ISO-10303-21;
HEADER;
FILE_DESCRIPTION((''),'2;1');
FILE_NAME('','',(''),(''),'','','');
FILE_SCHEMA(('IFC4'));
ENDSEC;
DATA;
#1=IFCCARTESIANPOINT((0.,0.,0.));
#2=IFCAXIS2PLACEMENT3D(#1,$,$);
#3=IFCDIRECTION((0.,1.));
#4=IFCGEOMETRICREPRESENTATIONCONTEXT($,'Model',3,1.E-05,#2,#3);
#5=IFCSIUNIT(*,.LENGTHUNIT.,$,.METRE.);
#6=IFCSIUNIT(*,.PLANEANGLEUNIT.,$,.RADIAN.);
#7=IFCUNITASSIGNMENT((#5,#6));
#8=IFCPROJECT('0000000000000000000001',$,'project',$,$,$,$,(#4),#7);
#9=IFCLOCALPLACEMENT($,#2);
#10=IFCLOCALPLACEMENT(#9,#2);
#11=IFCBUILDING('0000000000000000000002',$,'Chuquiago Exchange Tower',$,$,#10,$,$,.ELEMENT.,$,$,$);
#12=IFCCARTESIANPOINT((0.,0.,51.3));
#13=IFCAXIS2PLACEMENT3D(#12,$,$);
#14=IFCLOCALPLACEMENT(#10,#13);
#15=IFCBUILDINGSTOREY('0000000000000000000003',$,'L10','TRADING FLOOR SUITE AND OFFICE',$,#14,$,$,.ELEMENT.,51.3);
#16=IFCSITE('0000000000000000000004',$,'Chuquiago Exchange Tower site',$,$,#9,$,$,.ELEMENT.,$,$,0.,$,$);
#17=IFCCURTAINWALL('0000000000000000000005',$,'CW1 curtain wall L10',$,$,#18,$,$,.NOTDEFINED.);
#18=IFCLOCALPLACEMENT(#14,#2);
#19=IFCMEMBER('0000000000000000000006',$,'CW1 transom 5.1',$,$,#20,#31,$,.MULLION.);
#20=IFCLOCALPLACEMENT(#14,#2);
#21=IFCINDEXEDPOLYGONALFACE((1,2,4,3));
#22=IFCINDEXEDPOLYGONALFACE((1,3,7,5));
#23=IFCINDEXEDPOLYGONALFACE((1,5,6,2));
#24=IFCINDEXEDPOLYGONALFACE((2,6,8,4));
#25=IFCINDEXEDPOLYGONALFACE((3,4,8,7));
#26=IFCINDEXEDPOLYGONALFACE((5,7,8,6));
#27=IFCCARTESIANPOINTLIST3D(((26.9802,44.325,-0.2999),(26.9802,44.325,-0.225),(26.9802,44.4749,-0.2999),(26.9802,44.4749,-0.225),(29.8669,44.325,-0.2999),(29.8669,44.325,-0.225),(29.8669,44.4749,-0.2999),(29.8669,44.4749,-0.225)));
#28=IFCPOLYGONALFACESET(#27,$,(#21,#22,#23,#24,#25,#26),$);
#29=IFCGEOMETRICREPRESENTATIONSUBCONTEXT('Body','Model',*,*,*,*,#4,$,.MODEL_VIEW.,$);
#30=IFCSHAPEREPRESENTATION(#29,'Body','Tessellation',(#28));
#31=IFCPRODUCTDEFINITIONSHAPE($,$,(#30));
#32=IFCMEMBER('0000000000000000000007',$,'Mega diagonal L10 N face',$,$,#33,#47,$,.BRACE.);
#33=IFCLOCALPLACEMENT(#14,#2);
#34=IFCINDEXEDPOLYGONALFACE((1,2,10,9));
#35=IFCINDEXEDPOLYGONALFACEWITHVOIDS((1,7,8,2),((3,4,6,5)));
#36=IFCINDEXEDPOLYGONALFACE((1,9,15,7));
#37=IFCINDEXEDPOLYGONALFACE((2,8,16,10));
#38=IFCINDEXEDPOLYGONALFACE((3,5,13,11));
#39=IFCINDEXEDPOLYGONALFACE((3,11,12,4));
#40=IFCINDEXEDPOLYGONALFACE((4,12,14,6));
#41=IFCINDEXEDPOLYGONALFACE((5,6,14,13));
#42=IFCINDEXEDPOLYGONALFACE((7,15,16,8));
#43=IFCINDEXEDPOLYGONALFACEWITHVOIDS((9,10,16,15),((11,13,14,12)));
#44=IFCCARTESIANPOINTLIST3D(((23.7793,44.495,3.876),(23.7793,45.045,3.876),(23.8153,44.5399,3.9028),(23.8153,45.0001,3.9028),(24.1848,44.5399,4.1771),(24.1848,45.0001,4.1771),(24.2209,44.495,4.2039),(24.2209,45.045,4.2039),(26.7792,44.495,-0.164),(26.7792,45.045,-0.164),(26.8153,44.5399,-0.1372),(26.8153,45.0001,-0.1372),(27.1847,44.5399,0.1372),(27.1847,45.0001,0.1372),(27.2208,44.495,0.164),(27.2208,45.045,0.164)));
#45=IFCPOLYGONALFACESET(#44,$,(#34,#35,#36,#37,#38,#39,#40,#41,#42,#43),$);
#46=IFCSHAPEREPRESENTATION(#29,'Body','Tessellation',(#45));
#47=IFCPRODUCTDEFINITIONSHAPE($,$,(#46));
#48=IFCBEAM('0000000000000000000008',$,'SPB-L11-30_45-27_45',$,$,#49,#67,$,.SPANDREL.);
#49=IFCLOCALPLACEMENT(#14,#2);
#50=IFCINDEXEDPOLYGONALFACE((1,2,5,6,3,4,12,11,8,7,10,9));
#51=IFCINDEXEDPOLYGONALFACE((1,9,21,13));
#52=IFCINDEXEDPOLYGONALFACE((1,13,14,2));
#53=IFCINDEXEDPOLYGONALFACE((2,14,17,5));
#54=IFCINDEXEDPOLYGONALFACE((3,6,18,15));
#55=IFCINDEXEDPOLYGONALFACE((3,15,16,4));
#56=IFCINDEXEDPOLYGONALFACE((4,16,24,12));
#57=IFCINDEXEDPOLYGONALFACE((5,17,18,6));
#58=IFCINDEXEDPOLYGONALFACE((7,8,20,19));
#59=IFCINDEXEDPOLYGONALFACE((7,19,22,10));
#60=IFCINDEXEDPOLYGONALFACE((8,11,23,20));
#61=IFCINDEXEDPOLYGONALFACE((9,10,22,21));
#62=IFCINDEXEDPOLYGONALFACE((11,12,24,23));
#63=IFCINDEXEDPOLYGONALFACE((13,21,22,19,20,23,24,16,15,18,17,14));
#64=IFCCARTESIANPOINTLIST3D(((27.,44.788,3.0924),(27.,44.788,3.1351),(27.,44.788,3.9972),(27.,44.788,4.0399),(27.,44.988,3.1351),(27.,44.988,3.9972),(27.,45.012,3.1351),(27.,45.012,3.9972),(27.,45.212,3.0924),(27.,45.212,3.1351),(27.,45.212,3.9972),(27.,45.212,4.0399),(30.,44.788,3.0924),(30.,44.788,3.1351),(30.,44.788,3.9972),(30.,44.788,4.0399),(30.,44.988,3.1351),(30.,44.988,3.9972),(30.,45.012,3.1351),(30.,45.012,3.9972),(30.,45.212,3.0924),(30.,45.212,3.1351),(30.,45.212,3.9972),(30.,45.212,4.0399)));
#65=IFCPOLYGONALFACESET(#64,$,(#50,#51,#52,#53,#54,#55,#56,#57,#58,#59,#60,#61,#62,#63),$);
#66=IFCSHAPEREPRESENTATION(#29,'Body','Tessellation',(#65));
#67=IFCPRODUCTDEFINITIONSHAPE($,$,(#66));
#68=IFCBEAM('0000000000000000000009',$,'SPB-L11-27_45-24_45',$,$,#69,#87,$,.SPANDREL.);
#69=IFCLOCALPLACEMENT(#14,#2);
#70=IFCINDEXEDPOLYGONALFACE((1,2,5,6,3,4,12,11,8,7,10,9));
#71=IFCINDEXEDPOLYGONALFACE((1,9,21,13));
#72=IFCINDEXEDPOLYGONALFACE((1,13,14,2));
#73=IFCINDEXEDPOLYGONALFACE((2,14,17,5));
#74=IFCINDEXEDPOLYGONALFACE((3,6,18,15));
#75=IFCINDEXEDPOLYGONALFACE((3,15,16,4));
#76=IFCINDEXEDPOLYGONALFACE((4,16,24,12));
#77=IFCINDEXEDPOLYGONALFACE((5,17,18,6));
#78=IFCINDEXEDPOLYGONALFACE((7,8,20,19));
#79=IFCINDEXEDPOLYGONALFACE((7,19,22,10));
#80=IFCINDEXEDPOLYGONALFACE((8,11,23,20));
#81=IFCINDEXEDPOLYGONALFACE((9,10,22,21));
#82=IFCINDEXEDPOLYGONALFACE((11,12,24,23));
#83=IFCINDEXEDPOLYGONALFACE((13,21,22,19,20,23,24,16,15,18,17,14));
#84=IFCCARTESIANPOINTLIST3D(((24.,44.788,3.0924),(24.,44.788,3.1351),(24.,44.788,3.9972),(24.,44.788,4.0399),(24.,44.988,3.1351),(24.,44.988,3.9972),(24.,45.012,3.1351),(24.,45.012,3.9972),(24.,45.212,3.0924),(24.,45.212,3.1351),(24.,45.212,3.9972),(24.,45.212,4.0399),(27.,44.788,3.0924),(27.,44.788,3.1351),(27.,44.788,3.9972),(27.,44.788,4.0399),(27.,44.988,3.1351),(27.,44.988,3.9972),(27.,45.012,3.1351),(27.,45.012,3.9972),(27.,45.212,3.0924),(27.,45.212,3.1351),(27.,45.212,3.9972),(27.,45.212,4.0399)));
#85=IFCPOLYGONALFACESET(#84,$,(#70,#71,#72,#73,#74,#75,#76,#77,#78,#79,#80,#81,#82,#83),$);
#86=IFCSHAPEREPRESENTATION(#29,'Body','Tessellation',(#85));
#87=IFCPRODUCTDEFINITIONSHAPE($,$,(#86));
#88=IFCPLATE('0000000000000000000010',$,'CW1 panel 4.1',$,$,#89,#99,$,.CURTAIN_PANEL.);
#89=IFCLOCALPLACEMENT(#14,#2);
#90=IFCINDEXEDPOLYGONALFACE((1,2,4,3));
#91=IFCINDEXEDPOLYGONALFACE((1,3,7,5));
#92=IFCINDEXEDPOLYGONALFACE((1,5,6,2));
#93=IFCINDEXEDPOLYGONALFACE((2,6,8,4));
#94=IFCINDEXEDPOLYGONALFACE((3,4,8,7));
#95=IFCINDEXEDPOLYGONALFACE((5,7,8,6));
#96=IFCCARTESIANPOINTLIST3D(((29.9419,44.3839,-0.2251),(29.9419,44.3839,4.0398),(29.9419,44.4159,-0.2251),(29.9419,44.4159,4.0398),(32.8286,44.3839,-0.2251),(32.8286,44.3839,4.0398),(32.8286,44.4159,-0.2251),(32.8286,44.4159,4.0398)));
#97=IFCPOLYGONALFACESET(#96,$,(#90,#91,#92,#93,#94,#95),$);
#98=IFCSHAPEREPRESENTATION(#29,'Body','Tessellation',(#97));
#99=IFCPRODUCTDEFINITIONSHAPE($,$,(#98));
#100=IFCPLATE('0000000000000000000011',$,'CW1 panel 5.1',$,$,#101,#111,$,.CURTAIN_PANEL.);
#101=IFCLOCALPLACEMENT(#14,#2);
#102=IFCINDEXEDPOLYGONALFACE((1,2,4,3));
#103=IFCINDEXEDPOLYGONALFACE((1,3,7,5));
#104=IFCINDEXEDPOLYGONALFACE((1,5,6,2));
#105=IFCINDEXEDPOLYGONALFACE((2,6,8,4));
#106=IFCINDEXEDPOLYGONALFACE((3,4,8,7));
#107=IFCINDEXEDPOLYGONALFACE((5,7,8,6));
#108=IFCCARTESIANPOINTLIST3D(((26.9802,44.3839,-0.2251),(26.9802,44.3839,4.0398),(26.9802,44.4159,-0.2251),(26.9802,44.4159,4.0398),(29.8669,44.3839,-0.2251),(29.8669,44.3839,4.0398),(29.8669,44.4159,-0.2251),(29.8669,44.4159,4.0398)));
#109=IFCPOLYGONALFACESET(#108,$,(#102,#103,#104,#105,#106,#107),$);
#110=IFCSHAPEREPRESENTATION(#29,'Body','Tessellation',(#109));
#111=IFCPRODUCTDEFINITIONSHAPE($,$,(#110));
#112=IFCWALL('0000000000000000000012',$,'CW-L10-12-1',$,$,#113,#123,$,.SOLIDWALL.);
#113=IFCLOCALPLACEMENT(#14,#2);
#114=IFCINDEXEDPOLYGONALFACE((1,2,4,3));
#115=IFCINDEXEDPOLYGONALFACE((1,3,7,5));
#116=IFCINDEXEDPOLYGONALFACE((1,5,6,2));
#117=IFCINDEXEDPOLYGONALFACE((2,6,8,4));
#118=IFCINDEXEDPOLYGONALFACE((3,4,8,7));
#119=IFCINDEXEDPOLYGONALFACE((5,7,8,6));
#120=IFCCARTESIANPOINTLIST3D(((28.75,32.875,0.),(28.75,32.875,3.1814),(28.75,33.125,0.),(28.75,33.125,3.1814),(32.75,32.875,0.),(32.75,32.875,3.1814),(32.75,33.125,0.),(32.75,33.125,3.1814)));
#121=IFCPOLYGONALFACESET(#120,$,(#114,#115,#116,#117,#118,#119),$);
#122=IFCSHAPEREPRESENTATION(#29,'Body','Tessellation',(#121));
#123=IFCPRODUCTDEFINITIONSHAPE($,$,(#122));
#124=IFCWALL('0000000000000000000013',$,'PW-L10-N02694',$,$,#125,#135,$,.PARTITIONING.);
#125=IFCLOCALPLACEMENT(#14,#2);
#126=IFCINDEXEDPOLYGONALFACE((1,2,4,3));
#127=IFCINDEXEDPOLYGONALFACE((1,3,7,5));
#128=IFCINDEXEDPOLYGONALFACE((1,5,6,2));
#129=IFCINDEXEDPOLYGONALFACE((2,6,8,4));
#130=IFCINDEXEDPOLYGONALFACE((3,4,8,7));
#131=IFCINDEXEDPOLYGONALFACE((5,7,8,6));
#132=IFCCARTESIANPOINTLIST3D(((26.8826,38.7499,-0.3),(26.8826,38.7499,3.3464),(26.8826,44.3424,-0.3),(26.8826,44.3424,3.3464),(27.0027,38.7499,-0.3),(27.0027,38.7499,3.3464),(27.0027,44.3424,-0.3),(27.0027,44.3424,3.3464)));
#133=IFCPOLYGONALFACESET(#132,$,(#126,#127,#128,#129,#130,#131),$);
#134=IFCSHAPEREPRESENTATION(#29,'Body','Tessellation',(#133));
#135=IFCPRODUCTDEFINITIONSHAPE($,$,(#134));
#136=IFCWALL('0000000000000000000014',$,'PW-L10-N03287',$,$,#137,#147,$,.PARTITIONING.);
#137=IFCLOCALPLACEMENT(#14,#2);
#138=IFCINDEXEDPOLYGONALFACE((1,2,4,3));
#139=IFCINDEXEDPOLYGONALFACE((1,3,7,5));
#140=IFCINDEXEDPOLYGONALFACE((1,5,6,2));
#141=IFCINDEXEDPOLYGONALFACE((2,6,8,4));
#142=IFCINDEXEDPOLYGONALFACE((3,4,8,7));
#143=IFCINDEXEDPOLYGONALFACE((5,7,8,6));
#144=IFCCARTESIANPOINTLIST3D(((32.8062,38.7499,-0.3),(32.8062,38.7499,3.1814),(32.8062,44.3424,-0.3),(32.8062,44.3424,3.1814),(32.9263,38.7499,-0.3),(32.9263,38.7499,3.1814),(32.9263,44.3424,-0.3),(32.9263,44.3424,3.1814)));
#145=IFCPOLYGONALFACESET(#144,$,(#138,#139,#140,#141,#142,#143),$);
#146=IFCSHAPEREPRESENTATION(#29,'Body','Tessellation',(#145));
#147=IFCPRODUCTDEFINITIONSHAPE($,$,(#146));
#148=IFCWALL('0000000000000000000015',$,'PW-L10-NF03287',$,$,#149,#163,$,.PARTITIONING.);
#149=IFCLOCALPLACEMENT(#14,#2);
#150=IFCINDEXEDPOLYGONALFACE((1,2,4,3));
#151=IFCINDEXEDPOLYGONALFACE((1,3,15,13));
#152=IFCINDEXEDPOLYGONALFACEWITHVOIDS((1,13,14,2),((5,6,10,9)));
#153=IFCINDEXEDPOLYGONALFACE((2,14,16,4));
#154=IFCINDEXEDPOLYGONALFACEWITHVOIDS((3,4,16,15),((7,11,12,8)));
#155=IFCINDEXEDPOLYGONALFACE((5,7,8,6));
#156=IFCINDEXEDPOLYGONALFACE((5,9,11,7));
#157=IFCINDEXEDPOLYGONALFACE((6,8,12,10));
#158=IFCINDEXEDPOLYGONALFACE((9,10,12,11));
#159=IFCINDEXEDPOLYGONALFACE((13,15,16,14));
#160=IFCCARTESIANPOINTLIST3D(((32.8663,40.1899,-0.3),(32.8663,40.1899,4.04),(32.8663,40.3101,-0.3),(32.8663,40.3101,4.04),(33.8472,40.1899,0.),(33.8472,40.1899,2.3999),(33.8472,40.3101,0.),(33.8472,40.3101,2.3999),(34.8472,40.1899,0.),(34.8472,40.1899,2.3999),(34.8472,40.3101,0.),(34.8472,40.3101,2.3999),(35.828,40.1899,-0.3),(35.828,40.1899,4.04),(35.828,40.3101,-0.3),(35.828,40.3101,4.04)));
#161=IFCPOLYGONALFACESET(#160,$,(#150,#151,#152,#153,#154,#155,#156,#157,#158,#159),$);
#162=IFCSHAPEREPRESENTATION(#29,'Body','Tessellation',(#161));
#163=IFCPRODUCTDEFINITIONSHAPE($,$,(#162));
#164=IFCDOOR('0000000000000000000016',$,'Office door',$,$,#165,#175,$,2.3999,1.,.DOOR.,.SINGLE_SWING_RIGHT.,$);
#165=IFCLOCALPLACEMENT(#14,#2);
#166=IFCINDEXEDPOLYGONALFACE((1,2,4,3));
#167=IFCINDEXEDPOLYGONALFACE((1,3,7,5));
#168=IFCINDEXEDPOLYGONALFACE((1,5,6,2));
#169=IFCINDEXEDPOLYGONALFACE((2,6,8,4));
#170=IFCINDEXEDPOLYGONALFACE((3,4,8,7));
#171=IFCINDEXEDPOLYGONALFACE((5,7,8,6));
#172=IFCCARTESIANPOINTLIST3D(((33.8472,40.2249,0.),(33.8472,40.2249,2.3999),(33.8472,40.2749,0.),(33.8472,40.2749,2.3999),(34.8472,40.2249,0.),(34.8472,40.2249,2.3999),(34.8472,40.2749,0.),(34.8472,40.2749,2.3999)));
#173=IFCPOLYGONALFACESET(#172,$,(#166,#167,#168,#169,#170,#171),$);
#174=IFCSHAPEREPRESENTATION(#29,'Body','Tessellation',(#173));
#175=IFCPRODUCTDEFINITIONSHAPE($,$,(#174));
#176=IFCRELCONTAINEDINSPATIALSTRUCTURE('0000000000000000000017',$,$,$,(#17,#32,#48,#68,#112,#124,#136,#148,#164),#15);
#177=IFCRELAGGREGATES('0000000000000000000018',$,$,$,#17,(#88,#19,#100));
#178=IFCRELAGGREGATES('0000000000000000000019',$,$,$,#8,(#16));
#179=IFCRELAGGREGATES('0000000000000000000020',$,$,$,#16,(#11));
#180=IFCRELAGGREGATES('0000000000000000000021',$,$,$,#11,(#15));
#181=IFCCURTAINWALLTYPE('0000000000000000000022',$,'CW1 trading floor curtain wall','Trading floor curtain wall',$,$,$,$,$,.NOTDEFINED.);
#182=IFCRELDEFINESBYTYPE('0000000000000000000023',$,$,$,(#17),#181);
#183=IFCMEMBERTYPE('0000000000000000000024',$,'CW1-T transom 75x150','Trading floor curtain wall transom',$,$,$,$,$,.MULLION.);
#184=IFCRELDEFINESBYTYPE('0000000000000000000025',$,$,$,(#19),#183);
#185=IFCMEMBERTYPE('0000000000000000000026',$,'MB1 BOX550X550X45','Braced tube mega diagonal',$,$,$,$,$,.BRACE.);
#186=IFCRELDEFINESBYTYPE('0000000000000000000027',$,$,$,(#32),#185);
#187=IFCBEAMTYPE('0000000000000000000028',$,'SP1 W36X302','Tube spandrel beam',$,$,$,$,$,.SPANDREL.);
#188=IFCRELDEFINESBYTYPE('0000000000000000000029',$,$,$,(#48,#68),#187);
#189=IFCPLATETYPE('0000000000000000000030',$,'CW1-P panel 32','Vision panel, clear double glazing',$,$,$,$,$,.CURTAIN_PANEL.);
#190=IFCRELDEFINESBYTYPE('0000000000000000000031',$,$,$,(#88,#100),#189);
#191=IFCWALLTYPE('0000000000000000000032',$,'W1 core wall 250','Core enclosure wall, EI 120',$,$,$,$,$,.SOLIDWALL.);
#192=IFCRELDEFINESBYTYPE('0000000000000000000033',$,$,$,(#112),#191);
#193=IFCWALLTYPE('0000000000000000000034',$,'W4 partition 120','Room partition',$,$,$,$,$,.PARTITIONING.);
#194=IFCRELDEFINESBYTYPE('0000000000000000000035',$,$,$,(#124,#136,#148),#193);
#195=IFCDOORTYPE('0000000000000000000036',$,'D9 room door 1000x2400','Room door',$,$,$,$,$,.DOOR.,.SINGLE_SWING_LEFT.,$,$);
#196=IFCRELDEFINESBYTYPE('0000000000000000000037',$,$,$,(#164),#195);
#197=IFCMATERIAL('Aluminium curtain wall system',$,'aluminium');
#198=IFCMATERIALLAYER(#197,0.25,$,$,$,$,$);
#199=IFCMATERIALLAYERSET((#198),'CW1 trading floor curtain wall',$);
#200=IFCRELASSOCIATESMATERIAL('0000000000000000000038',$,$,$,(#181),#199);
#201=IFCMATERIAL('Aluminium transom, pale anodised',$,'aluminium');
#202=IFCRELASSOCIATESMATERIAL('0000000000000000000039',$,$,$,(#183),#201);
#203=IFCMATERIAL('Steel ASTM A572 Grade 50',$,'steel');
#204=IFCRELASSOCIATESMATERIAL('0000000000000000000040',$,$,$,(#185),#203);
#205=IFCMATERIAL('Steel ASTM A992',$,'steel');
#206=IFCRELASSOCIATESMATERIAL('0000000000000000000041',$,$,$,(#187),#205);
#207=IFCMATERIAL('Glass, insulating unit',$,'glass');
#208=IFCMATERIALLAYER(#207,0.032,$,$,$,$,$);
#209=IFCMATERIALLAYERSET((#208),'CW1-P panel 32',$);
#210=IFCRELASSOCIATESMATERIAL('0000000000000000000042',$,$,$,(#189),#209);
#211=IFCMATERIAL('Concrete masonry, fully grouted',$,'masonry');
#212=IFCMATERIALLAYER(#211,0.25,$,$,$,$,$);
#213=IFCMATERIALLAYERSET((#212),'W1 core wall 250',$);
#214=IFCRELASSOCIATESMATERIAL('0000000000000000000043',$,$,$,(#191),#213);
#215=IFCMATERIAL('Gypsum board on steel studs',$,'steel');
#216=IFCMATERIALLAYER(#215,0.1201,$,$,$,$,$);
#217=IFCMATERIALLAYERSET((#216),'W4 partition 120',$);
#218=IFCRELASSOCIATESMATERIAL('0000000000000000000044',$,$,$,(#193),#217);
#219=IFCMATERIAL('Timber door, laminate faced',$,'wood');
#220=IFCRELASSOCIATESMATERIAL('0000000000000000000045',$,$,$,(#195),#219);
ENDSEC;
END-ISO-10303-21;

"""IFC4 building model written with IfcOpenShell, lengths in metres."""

from ifc_helpers import new_model, si_unit, direction, frame, frame_2d, origin, origin_2d, place, context, subcontext, project, spatial, rectangle, hollow_rectangle, i_section, extrude, material, layer, layer_set, material_profile, profile_set, type_object, element, fill, aggregate, save


model = new_model("IFC4")

# Units and contexts
model_context = context("Model", 3, precision=1e-05, world=origin(), true_north=direction((0.0, 1.0)))
body_context = subcontext(model_context, "Body", "Model", "MODEL_VIEW")
ifc_project = project(units=[si_unit("LENGTHUNIT", "METRE"), si_unit("PLANEANGLEUNIT", "RADIAN")], contexts=[model_context])

# Site, building, storey
site_placement = place(None, origin())
site = spatial("IfcSite", under=ifc_project, at=site_placement, Name="Chuquiago Exchange Tower site", CompositionType="ELEMENT", RefElevation=0.0)
building_placement = place(site_placement, origin())
building = spatial("IfcBuilding", under=site, at=building_placement, Name="Chuquiago Exchange Tower", CompositionType="ELEMENT")
storey_placement = place(building_placement, frame((0.0, 0.0, 51.3)))
storey = spatial("IfcBuildingStorey", under=building, at=storey_placement, Name="L10", Description="TRADING FLOOR SUITE AND OFFICE", CompositionType="ELEMENT", Elevation=51.3)

# Curtain wall, member
ifc_material_1 = material(Name="Aluminium curtain wall system", Category="aluminium")
ifc_layer_1 = layer(ifc_material_1, 0.25)
ifc_layer_set_1 = layer_set([ifc_layer_1], Name="CW1 trading floor curtain wall")
curtain_wall_type = type_object("IfcCurtainWallType", Name="CW1 trading floor curtain wall", Description="Trading floor curtain wall", PredefinedType="NOTDEFINED", material=ifc_layer_set_1)
curtain_wall_placement = place(storey_placement, origin())
curtain_wall = element("IfcCurtainWall", 1, at=curtain_wall_placement, inside=storey, type_object=curtain_wall_type, Name="CW1 curtain wall L10", PredefinedType="NOTDEFINED")
ifc_material_2 = material(Name="Aluminium transom, pale anodised", Category="aluminium")
ifc_material_profile_1 = material_profile(ifc_material_2, rectangle(XDim=0.1499, YDim=0.075, at=origin_2d()), Name="AL 150x75")
ifc_profile_set_1 = profile_set([ifc_material_profile_1], Name="Aluminium transom, pale anodised")
member_type_1 = type_object("IfcMemberType", Name="CW1-T transom 75x150", Description="Trading floor curtain wall transom", PredefinedType="MULLION", material=ifc_profile_set_1)
member_1_placement = place(storey_placement, frame((29.8669, 44.3999, -0.2625), z_axis=(-1.0, 0.0, 0.0), x_axis=(0.0, -1.0, 0.0)))
member_1 = element("IfcMember", 2, at=member_1_placement, type_object=member_type_1, Name="CW1 transom 5.1", PredefinedType="MULLION", context=body_context, shape_type="SweptSolid", body=[
    extrude(rectangle(XDim=0.1499, YDim=0.075, at=origin_2d()), origin(), (0.0, 0.0, 1.0), 2.8867),
])

# Member
ifc_material_3 = material(Name="Steel ASTM A572 Grade 50", Category="steel")
ifc_material_profile_2 = material_profile(ifc_material_3, hollow_rectangle(XDim=0.55, YDim=0.55, WallThickness=0.0449, at=origin_2d()), Name="BOX550X550X45")
ifc_profile_set_2 = profile_set([ifc_material_profile_2], Name="Steel ASTM A572 Grade 50")
member_type_2 = type_object("IfcMemberType", Name="MB1 BOX550X550X45", Description="Braced tube mega diagonal", PredefinedType="BRACE", material=ifc_profile_set_2)
member_2_placement = place(storey_placement, frame((27.0, 44.77, 0.0), z_axis=(-0.596174, 0.0, 0.802855), x_axis=(0.0, -1.0, 0.0)))
element("IfcMember", 3, at=member_2_placement, inside=storey, type_object=member_type_2, Name="Mega diagonal L10 N face", PredefinedType="BRACE", context=body_context, shape_type="SweptSolid", body=[
    extrude(hollow_rectangle(XDim=0.55, YDim=0.55, WallThickness=0.0449, at=origin_2d()), origin(), (0.0, 0.0, 1.0), 5.032),
])

# Beams
ifc_material_4 = material(Name="Steel ASTM A992", Category="steel")
ifc_material_profile_3 = material_profile(ifc_material_4, i_section(OverallWidth=0.4241, OverallDepth=0.9475, WebThickness=0.0239, FlangeThickness=0.0427, at=origin_2d()), Name="W36X302")
ifc_profile_set_3 = profile_set([ifc_material_profile_3], Name="Steel ASTM A992")
beam_type_1 = type_object("IfcBeamType", Name="SP1 W36X302", Description="Tube spandrel beam", PredefinedType="SPANDREL", material=ifc_profile_set_3)
for number, where, z_axis, x_axis, name in (
    (4, (30.0, 45.0, 3.5662), (-1.0, 0.0, 0.0), (0.0, -1.0, 0.0), "SPB-L11-30_45-27_45"),
    (5, (27.0, 45.0, 3.5662), (-1.0, 0.0, 0.0), (0.0, -1.0, 0.0), "SPB-L11-27_45-24_45"),
):
    element("IfcBeam", number, at=place(storey_placement, frame(where, z_axis=z_axis, x_axis=x_axis)), inside=storey, type_object=beam_type_1, Name=name, PredefinedType="SPANDREL", context=body_context, shape_type="SweptSolid", body=[
        extrude(i_section(OverallWidth=0.4241, OverallDepth=0.9475, WebThickness=0.0239, FlangeThickness=0.0427, at=origin_2d()), origin(), (0.0, 0.0, 1.0), 3.0),
    ])

# Plates
ifc_material_5 = material(Name="Glass, insulating unit", Category="glass")
ifc_layer_2 = layer(ifc_material_5, 0.032)
ifc_layer_set_2 = layer_set([ifc_layer_2], Name="CW1-P panel 32")
plate_type = type_object("IfcPlateType", Name="CW1-P panel 32", Description="Vision panel, clear double glazing", PredefinedType="CURTAIN_PANEL", material=ifc_layer_set_2)
plate_1_placement = place(storey_placement, frame((31.3853, 44.3999, -0.2251), z_axis=(0.0, 0.0, 1.0), x_axis=(-1.0, 0.0, 0.0)))
plate_1 = element("IfcPlate", 6, at=plate_1_placement, type_object=plate_type, Name="CW1 panel 4.1", PredefinedType="CURTAIN_PANEL", context=body_context, shape_type="SweptSolid", body=[
    extrude(rectangle(XDim=2.8867, YDim=0.032, at=origin_2d()), origin(), (0.0, 0.0, 1.0), 4.2649),
])
plate_2_placement = place(storey_placement, frame((28.4236, 44.3999, -0.2251), z_axis=(0.0, 0.0, 1.0), x_axis=(-1.0, 0.0, 0.0)))
plate_2 = element("IfcPlate", 7, at=plate_2_placement, type_object=plate_type, Name="CW1 panel 5.1", PredefinedType="CURTAIN_PANEL", context=body_context, shape_type="SweptSolid", body=[
    extrude(rectangle(XDim=2.8867, YDim=0.032, at=origin_2d()), origin(), (0.0, 0.0, 1.0), 4.2649),
])
aggregate(curtain_wall, [plate_1, member_1, plate_2])

# Walls
ifc_material_6 = material(Name="Concrete masonry, fully grouted", Category="masonry")
ifc_layer_3 = layer(ifc_material_6, 0.25)
ifc_layer_set_3 = layer_set([ifc_layer_3], Name="W1 core wall 250")
wall_type_1 = type_object("IfcWallType", Name="W1 core wall 250", Description="Core enclosure wall, EI 120", PredefinedType="SOLIDWALL", material=ifc_layer_set_3)
wall_1_placement = place(storey_placement, frame((28.75, 33.0, 0.0), z_axis=(0.0, 0.0, 1.0), x_axis=(1.0, 0.0, 0.0)))
element("IfcWall", 8, at=wall_1_placement, inside=storey, type_object=wall_type_1, Name="CW-L10-12-1", PredefinedType="SOLIDWALL", context=body_context, shape_type="SweptSolid", body=[
    extrude(rectangle(XDim=4.0, YDim=0.25, at=frame_2d((2.0, 0.0))), origin(), (0.0, 0.0, 1.0), 3.1814),
])
ifc_material_7 = material(Name="Gypsum board on steel studs", Category="steel")
ifc_layer_4 = layer(ifc_material_7, 0.1201)
ifc_layer_set_4 = layer_set([ifc_layer_4], Name="W4 partition 120")
wall_type_2 = type_object("IfcWallType", Name="W4 partition 120", Description="Room partition", PredefinedType="PARTITIONING", material=ifc_layer_set_4)
wall_2_placement = place(storey_placement, frame((26.9426, 44.3425, -0.3), z_axis=(0.0, 0.0, 1.0), x_axis=(0.0, -1.0, 0.0)))
element("IfcWall", 9, at=wall_2_placement, inside=storey, type_object=wall_type_2, Name="PW-L10-N02694", PredefinedType="PARTITIONING", context=body_context, shape_type="SweptSolid", body=[
    extrude(rectangle(XDim=5.5925, YDim=0.1201, at=frame_2d((2.7964, 0.0))), origin(), (0.0, 0.0, 1.0), 3.6465),
])
wall_3_placement = place(storey_placement, frame((32.8662, 44.3425, -0.3), z_axis=(0.0, 0.0, 1.0), x_axis=(0.0, -1.0, 0.0)))
element("IfcWall", 10, at=wall_3_placement, inside=storey, type_object=wall_type_2, Name="PW-L10-N03287", PredefinedType="PARTITIONING", context=body_context, shape_type="SweptSolid", body=[
    extrude(rectangle(XDim=5.5925, YDim=0.1201, at=frame_2d((2.7964, 0.0))), origin(), (0.0, 0.0, 1.0), 3.4814),
])

# Wall, opening, door
wall_4_placement = place(storey_placement, frame((32.8662, 40.25, -0.3), z_axis=(0.0, 0.0, 1.0), x_axis=(1.0, 0.0, 0.0)))
wall_4 = element("IfcWall", 11, at=wall_4_placement, inside=storey, type_object=wall_type_2, Name="PW-L10-NF03287", PredefinedType="PARTITIONING", context=body_context, shape_type="SweptSolid", body=[
    extrude(rectangle(XDim=2.9617, YDim=0.1201, at=frame_2d((1.481, 0.0))), origin(), (0.0, 0.0, 1.0), 4.3401),
])
opening_placement = place(wall_4_placement, frame((0.981, 0.0, 0.3)))
opening = element("IfcOpeningElement", 12, at=opening_placement, cuts=wall_4, PredefinedType="OPENING", context=body_context, shape_type="SweptSolid", body=[
    extrude(rectangle(XDim=1.0, YDim=2.3999, at=frame_2d((0.5, 1.2))), frame((0.0, 0.0701, 0.0), z_axis=(0.0, -1.0, 0.0), x_axis=(1.0, 0.0, 0.0)), (0.0, 0.0, 1.0), 0.1401),
])
ifc_material_8 = material(Name="Timber door, laminate faced", Category="wood")
door_type = type_object("IfcDoorType", Name="D9 room door 1000x2400", Description="Room door", OperationType="SINGLE_SWING_LEFT", PredefinedType="DOOR", material=ifc_material_8)
door_placement = place(opening_placement, origin())
door = element("IfcDoor", 13, at=door_placement, inside=storey, type_object=door_type, Name="Office door", OperationType="SINGLE_SWING_RIGHT", OverallHeight=2.3999, OverallWidth=1.0, PredefinedType="DOOR", context=body_context, shape_type="SweptSolid", body=[
    extrude(rectangle(XDim=1.0, YDim=2.3999, at=frame_2d((0.5, 1.2))), frame((0.0, 0.0249, 0.0), z_axis=(0.0, -1.0, 0.0), x_axis=(1.0, 0.0, 0.0)), (0.0, 0.0, 1.0), 0.05),
])
fill(opening, door)

save(model, "model.ifc")
